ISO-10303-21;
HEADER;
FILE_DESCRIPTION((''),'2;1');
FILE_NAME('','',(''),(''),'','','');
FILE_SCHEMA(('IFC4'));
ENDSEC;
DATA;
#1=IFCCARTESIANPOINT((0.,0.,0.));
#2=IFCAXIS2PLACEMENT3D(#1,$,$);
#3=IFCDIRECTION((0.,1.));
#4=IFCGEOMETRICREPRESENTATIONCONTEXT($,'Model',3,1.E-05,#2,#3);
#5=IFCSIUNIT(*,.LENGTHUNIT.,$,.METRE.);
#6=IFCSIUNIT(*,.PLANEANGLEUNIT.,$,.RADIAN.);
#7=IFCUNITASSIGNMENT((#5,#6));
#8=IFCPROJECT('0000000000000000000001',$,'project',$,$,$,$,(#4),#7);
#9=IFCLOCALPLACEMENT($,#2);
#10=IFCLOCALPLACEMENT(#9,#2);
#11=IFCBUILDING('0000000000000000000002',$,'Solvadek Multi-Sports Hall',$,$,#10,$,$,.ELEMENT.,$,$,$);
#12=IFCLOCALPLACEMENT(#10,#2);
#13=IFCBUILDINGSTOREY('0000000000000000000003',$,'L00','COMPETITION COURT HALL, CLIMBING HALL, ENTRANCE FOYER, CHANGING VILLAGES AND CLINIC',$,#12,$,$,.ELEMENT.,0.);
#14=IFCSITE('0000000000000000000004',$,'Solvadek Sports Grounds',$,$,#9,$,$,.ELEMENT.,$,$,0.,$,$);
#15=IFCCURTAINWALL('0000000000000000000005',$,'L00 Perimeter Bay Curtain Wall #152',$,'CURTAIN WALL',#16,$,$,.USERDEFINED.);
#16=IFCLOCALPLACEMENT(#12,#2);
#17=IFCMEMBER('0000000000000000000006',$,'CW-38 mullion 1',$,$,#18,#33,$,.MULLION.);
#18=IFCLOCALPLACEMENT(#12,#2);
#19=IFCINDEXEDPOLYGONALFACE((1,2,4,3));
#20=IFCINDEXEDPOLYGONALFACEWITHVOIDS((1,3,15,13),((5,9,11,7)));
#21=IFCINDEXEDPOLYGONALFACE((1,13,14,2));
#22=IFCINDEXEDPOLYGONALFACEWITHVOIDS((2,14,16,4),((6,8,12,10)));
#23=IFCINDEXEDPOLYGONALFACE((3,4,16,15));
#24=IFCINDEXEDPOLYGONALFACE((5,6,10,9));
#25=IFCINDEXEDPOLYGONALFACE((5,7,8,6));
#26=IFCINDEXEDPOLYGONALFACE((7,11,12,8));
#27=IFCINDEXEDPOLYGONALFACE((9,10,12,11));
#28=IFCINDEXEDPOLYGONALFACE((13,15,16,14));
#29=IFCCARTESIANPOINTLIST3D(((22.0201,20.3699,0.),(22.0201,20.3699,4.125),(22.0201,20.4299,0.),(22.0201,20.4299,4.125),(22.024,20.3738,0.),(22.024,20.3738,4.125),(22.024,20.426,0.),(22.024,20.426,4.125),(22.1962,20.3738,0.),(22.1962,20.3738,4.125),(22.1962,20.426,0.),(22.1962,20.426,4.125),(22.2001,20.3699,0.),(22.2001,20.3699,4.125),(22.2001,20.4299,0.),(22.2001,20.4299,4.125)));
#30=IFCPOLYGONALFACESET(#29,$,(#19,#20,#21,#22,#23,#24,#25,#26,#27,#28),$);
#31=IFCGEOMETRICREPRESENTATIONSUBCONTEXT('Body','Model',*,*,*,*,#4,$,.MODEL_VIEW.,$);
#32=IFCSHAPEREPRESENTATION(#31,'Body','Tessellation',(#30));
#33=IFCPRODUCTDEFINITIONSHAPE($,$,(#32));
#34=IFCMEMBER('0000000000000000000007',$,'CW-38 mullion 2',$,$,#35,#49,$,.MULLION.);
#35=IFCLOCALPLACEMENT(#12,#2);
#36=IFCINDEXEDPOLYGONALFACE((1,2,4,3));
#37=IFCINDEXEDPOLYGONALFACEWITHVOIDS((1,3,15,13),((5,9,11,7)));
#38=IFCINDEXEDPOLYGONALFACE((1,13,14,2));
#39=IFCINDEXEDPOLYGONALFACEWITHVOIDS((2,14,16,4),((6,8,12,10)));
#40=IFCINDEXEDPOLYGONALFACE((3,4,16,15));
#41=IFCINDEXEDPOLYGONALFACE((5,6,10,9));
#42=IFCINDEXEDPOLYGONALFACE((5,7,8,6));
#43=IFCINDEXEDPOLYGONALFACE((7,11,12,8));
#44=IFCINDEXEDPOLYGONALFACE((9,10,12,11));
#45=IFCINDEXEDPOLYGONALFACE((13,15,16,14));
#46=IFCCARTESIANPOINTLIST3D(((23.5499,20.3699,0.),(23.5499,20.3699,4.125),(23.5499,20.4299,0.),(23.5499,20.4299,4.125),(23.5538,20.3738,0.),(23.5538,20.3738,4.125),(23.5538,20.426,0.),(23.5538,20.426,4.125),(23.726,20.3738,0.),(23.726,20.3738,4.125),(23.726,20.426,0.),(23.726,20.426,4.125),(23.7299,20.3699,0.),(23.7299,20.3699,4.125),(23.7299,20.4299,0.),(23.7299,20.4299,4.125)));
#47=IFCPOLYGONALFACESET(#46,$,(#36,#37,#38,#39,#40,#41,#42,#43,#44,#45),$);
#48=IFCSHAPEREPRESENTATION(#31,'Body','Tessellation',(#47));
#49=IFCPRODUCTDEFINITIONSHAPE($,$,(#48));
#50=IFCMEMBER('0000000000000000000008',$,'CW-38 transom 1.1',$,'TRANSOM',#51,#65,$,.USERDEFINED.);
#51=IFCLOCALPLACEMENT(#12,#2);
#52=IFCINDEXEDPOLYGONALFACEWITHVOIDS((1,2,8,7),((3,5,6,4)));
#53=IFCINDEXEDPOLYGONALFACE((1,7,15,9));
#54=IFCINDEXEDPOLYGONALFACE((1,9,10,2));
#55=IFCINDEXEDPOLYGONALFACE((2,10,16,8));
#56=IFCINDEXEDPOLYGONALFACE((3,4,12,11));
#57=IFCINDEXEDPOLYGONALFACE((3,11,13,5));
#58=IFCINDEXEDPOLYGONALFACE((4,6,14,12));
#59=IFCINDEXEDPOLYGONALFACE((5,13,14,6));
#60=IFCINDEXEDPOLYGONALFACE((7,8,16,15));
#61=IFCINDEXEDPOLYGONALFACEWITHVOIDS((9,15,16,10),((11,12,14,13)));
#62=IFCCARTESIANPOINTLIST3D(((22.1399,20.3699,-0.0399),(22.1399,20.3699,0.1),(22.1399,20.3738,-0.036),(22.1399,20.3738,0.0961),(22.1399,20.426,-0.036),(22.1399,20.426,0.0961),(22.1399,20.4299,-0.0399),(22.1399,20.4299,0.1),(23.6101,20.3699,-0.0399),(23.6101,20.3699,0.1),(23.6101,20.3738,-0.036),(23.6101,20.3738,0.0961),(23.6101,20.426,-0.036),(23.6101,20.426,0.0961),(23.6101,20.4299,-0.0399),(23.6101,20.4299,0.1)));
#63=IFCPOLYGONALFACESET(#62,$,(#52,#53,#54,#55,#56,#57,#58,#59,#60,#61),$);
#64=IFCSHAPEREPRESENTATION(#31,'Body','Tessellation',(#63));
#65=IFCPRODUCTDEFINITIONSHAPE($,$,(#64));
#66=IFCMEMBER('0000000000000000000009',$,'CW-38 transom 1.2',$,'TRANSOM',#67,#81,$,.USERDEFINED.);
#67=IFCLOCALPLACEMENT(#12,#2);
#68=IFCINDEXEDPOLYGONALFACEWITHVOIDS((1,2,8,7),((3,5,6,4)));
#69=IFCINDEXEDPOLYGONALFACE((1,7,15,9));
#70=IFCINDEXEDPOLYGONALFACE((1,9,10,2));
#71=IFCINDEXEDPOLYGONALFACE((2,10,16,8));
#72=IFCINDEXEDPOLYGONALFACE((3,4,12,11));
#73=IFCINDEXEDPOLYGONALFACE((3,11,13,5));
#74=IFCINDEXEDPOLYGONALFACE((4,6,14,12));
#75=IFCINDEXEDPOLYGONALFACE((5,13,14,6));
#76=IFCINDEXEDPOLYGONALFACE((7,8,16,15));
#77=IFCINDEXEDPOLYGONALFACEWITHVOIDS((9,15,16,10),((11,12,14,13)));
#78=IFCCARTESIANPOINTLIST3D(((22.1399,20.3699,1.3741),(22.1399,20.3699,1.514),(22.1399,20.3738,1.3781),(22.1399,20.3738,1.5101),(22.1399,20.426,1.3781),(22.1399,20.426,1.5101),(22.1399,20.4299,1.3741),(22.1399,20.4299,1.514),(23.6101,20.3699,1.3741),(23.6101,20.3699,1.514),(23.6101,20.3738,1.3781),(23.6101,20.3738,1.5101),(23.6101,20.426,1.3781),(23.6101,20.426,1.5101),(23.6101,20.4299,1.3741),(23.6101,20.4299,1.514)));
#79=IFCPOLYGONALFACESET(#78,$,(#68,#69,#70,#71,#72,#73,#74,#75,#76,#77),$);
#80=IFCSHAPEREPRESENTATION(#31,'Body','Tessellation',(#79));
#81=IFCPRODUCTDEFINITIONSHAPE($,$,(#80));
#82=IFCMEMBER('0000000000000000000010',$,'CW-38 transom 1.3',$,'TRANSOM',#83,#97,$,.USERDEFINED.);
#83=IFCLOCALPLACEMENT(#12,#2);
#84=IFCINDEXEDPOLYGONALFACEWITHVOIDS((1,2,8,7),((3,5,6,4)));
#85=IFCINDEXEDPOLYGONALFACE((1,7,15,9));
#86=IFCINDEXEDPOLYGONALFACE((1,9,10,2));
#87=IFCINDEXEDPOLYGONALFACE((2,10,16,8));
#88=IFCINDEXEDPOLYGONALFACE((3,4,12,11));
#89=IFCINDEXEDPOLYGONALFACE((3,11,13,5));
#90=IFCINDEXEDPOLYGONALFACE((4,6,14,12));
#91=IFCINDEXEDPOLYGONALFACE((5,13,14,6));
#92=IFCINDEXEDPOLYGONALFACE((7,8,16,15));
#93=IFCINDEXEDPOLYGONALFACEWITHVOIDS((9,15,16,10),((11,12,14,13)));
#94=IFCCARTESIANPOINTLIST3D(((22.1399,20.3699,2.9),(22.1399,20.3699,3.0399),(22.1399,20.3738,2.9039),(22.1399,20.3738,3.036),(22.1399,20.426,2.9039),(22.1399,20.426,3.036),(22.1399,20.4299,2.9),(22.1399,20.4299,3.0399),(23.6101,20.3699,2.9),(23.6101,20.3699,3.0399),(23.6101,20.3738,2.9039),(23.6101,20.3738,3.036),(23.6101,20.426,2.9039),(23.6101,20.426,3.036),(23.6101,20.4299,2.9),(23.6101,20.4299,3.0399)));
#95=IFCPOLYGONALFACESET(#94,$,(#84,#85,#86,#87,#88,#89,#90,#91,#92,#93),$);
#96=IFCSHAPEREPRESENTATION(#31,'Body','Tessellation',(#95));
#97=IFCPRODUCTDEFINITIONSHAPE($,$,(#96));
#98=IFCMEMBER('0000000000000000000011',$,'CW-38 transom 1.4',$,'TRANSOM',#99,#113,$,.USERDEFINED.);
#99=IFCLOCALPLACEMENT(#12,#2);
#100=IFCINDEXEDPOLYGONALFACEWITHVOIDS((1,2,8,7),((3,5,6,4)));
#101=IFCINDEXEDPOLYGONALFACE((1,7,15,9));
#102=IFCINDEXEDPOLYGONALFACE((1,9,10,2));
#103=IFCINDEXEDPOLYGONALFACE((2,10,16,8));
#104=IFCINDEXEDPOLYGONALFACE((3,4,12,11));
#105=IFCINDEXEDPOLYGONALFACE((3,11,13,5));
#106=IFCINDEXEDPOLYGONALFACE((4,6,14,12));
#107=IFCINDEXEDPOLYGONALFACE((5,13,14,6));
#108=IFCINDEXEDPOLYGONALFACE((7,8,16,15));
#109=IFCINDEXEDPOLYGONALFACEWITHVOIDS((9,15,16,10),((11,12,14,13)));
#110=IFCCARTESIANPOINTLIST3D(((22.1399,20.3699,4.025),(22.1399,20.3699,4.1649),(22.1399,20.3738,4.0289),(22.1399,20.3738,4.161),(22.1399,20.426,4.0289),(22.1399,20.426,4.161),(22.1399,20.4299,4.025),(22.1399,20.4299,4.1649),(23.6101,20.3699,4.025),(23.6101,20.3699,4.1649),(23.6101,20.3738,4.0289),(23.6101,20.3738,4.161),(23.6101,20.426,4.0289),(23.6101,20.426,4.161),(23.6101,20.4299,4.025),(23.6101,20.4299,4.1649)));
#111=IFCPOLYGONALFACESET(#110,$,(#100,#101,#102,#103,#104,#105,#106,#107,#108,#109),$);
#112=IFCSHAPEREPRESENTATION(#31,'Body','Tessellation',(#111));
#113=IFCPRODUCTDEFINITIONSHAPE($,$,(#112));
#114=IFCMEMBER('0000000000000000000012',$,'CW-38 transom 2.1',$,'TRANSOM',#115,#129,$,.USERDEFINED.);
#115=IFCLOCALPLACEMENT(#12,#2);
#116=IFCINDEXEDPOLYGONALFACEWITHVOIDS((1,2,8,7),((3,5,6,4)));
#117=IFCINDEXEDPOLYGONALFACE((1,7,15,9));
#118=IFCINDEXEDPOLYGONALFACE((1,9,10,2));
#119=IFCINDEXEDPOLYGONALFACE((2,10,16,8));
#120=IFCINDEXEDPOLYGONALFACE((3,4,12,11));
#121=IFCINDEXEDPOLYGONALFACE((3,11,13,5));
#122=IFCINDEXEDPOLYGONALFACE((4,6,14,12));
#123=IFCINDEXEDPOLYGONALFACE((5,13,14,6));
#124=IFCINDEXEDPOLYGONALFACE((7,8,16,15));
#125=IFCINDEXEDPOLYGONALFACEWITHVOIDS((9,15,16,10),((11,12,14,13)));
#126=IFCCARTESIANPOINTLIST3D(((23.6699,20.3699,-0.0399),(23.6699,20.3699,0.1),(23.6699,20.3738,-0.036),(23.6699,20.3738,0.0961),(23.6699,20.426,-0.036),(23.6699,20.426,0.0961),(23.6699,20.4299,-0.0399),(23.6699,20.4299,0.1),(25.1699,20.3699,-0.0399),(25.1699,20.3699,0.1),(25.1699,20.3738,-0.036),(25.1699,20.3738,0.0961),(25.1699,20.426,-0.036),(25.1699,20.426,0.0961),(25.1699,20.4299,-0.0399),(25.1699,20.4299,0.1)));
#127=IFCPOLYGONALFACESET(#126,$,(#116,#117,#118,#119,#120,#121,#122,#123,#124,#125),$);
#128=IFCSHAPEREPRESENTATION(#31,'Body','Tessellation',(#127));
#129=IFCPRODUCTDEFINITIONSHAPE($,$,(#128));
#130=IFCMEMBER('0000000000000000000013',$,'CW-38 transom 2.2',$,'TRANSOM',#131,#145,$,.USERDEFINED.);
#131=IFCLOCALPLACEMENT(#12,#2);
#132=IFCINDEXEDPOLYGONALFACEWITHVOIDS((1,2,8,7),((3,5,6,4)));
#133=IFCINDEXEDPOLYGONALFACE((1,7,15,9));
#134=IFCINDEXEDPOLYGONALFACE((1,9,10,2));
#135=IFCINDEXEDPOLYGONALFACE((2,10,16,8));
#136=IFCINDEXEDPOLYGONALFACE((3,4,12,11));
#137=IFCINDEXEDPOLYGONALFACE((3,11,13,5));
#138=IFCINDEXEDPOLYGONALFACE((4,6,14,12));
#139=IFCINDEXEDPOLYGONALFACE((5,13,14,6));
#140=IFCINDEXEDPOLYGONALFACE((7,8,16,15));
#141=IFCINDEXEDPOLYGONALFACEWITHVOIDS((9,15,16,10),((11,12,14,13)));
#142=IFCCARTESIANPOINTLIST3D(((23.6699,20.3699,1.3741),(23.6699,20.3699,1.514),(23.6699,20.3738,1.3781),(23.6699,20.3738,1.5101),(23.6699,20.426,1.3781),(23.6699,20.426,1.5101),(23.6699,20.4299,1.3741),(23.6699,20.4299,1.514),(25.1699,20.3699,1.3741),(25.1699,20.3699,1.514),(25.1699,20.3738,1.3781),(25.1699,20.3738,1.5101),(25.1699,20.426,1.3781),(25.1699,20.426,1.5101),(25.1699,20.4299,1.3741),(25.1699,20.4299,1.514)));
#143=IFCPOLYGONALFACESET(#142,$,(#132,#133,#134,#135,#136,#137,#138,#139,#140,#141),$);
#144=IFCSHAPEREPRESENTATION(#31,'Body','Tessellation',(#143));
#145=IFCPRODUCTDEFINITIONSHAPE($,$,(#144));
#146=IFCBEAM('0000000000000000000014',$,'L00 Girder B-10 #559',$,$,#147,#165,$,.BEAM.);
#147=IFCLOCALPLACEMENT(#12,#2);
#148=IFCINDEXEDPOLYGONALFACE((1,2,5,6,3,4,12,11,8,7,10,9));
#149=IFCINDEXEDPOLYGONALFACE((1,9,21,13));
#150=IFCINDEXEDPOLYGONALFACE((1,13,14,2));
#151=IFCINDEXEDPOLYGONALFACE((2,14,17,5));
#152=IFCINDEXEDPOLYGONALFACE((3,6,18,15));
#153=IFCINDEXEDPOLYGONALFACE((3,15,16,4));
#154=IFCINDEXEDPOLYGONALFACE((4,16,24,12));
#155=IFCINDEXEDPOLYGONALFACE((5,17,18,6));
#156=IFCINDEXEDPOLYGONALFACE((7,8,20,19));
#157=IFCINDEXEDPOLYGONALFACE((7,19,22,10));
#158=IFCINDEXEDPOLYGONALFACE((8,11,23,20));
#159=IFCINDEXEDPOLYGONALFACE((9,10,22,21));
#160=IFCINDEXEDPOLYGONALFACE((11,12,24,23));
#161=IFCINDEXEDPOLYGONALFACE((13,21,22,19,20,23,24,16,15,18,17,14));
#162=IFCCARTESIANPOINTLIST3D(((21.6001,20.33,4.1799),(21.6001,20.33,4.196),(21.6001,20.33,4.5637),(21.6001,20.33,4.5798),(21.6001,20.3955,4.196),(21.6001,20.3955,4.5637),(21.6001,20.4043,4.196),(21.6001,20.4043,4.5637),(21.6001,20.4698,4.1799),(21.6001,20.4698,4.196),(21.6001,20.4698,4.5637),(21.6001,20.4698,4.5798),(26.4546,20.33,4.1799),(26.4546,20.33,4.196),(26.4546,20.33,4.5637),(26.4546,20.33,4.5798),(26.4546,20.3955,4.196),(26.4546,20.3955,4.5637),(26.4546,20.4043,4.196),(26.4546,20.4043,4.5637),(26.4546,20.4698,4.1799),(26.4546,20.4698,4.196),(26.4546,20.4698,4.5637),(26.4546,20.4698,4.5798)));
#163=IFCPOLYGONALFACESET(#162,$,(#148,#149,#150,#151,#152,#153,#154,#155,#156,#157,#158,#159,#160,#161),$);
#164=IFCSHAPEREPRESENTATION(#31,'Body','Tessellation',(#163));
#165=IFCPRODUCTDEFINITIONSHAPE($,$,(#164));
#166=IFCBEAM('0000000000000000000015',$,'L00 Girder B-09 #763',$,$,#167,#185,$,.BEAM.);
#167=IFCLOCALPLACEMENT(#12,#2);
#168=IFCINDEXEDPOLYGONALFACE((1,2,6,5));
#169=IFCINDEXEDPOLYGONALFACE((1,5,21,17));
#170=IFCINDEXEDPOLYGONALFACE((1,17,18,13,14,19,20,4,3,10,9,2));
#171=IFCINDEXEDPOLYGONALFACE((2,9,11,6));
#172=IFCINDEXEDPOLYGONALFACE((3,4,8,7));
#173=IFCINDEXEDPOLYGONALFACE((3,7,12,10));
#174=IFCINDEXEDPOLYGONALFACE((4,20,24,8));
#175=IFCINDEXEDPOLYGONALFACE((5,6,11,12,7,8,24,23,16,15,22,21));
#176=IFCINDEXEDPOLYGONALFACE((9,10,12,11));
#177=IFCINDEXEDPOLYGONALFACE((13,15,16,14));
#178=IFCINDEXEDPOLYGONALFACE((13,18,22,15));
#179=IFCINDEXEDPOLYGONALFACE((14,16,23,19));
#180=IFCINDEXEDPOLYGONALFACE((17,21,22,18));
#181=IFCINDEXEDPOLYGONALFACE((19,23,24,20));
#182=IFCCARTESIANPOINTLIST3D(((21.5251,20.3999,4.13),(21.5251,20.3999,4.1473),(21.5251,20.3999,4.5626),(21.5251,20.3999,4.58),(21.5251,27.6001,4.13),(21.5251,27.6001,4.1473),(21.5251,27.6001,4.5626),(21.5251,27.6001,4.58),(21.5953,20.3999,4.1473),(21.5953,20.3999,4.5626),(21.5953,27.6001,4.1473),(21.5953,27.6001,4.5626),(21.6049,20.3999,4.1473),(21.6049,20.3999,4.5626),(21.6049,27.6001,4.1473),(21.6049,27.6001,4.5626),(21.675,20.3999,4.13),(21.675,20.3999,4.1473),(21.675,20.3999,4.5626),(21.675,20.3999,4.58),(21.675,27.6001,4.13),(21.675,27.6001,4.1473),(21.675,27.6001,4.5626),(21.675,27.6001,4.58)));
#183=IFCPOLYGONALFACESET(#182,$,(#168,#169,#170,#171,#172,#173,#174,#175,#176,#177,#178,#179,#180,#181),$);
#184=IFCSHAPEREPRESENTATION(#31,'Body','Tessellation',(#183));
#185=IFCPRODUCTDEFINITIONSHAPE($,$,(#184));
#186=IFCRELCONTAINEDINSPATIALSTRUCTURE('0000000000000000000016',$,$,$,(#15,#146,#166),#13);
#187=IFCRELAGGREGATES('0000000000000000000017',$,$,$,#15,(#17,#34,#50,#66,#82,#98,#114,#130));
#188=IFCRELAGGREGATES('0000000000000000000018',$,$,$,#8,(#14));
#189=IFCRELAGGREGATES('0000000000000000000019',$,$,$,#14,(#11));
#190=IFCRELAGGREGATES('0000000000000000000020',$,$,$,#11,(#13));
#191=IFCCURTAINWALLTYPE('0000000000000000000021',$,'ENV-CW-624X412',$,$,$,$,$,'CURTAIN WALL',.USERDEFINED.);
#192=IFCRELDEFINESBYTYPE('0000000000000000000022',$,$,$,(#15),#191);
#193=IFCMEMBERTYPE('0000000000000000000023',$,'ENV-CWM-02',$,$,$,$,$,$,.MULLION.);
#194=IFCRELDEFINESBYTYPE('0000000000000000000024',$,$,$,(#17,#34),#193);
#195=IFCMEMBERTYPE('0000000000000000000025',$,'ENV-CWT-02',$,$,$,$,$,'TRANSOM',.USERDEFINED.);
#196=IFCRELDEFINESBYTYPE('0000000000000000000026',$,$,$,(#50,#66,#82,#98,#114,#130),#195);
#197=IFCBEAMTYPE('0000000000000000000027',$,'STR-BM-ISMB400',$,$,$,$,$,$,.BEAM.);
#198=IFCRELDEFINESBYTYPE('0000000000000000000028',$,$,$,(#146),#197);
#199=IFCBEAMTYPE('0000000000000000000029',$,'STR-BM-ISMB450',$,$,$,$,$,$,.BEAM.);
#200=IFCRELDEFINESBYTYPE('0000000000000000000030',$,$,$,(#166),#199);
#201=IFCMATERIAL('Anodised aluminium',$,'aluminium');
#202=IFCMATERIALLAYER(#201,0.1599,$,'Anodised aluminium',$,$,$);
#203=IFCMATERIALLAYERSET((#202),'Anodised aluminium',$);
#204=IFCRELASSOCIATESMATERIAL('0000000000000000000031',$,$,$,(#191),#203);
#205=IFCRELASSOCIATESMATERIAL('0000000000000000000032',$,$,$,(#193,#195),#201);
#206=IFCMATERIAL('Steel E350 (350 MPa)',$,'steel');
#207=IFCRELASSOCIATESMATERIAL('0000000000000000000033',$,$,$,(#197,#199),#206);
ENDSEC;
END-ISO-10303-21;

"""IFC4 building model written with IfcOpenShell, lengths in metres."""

from ifc_helpers import new_model, si_unit, direction, frame, origin, origin_2d, place, context, subcontext, project, spatial, hollow_rectangle, i_section, extrude, material, layer, layer_set, material_profile, profile_set, type_object, element, aggregate, save


model = new_model("IFC4")

# Units and contexts
model_context = context("Model", 3, precision=1e-05, world=origin(), true_north=direction((0.0, 1.0)))
body_context = subcontext(model_context, "Body", "Model", "MODEL_VIEW")
ifc_project = project(units=[si_unit("LENGTHUNIT", "METRE"), si_unit("PLANEANGLEUNIT", "RADIAN")], contexts=[model_context])

# Site, building, storey
site_placement = place(None, origin())
site = spatial("IfcSite", under=ifc_project, at=site_placement, Name="Solvadek Sports Grounds", CompositionType="ELEMENT", RefElevation=0.0)
building_placement = place(site_placement, origin())
building = spatial("IfcBuilding", under=site, at=building_placement, Name="Solvadek Multi-Sports Hall", CompositionType="ELEMENT")
storey_placement = place(building_placement, origin())
storey = spatial("IfcBuildingStorey", under=building, at=storey_placement, Name="L00", Description="COMPETITION COURT HALL, CLIMBING HALL, ENTRANCE FOYER, CHANGING VILLAGES AND CLINIC", CompositionType="ELEMENT", Elevation=0.0)

# Curtain wall, members
ifc_material_1 = material(Name="Anodised aluminium", Category="aluminium")
ifc_layer_1 = layer(ifc_material_1, 0.1599, Name="Anodised aluminium")
ifc_layer_set_1 = layer_set([ifc_layer_1], Name="Anodised aluminium")
curtain_wall_type = type_object("IfcCurtainWallType", Name="ENV-CW-624X412", ElementType="CURTAIN WALL", PredefinedType="USERDEFINED", material=ifc_layer_set_1)
curtain_wall_placement = place(storey_placement, origin())
curtain_wall = element("IfcCurtainWall", 1, at=curtain_wall_placement, inside=storey, type_object=curtain_wall_type, Name="L00 Perimeter Bay Curtain Wall #152", ObjectType="CURTAIN WALL", PredefinedType="USERDEFINED")
ifc_material_profile_1 = material_profile(ifc_material_1, hollow_rectangle(XDim=0.0601, YDim=0.1799, WallThickness=0.0039, at=origin_2d()), Name="ALU-M 180x60x4")
ifc_profile_set_1 = profile_set([ifc_material_profile_1], Name="Anodised aluminium")
member_type_1 = type_object("IfcMemberType", Name="ENV-CWM-02", PredefinedType="MULLION", material=ifc_profile_set_1)
member_1_placement = place(storey_placement, frame((22.1101, 20.3999, 0.0), z_axis=(0.0, 0.0, 1.0), x_axis=(0.0, 1.0, 0.0)))
member_1 = element("IfcMember", 2, at=member_1_placement, type_object=member_type_1, Name="CW-38 mullion 1", PredefinedType="MULLION", context=body_context, shape_type="SweptSolid", body=[
    extrude(hollow_rectangle(XDim=0.0601, YDim=0.1799, WallThickness=0.0039, at=origin_2d()), origin(), (0.0, 0.0, 1.0), 4.125),
])
member_2_placement = place(storey_placement, frame((23.6399, 20.3999, 0.0), z_axis=(0.0, 0.0, 1.0), x_axis=(0.0, 1.0, 0.0)))
member_2 = element("IfcMember", 3, at=member_2_placement, type_object=member_type_1, Name="CW-38 mullion 2", PredefinedType="MULLION", context=body_context, shape_type="SweptSolid", body=[
    extrude(hollow_rectangle(XDim=0.0601, YDim=0.1799, WallThickness=0.0039, at=origin_2d()), origin(), (0.0, 0.0, 1.0), 4.125),
])
ifc_material_profile_2 = material_profile(ifc_material_1, hollow_rectangle(XDim=0.0601, YDim=0.1399, WallThickness=0.0039, at=origin_2d()), Name="ALU-T 140x60x4")
ifc_profile_set_2 = profile_set([ifc_material_profile_2], Name="Anodised aluminium")
member_type_2 = type_object("IfcMemberType", Name="ENV-CWT-02", ElementType="TRANSOM", PredefinedType="USERDEFINED", material=ifc_profile_set_2)
member_3_placement = place(storey_placement, frame((22.1399, 20.3999, 0.03), z_axis=(1.0, 0.0, 0.0), x_axis=(0.0, 1.0, 0.0)))
member_3 = element("IfcMember", 4, at=member_3_placement, type_object=member_type_2, Name="CW-38 transom 1.1", ObjectType="TRANSOM", PredefinedType="USERDEFINED", context=body_context, shape_type="SweptSolid", body=[
    extrude(hollow_rectangle(XDim=0.0601, YDim=0.1399, WallThickness=0.0039, at=origin_2d()), origin(), (0.0, 0.0, 1.0), 1.4702),
])
member_4_placement = place(storey_placement, frame((22.1399, 20.3999, 1.4441), z_axis=(1.0, 0.0, 0.0), x_axis=(0.0, 1.0, 0.0)))
member_4 = element("IfcMember", 5, at=member_4_placement, type_object=member_type_2, Name="CW-38 transom 1.2", ObjectType="TRANSOM", PredefinedType="USERDEFINED", context=body_context, shape_type="SweptSolid", body=[
    extrude(hollow_rectangle(XDim=0.0601, YDim=0.1399, WallThickness=0.0039, at=origin_2d()), origin(), (0.0, 0.0, 1.0), 1.4702),
])
member_5_placement = place(storey_placement, frame((22.1399, 20.3999, 2.97), z_axis=(1.0, 0.0, 0.0), x_axis=(0.0, 1.0, 0.0)))
member_5 = element("IfcMember", 6, at=member_5_placement, type_object=member_type_2, Name="CW-38 transom 1.3", ObjectType="TRANSOM", PredefinedType="USERDEFINED", context=body_context, shape_type="SweptSolid", body=[
    extrude(hollow_rectangle(XDim=0.0601, YDim=0.1399, WallThickness=0.0039, at=origin_2d()), origin(), (0.0, 0.0, 1.0), 1.4702),
])
member_6_placement = place(storey_placement, frame((22.1399, 20.3999, 4.095), z_axis=(1.0, 0.0, 0.0), x_axis=(0.0, 1.0, 0.0)))
member_6 = element("IfcMember", 7, at=member_6_placement, type_object=member_type_2, Name="CW-38 transom 1.4", ObjectType="TRANSOM", PredefinedType="USERDEFINED", context=body_context, shape_type="SweptSolid", body=[
    extrude(hollow_rectangle(XDim=0.0601, YDim=0.1399, WallThickness=0.0039, at=origin_2d()), origin(), (0.0, 0.0, 1.0), 1.4702),
])
member_7_placement = place(storey_placement, frame((23.6699, 20.3999, 0.03), z_axis=(1.0, 0.0, 0.0), x_axis=(0.0, 1.0, 0.0)))
member_7 = element("IfcMember", 8, at=member_7_placement, type_object=member_type_2, Name="CW-38 transom 2.1", ObjectType="TRANSOM", PredefinedType="USERDEFINED", context=body_context, shape_type="SweptSolid", body=[
    extrude(hollow_rectangle(XDim=0.0601, YDim=0.1399, WallThickness=0.0039, at=origin_2d()), origin(), (0.0, 0.0, 1.0), 1.5),
])
member_8_placement = place(storey_placement, frame((23.6699, 20.3999, 1.4441), z_axis=(1.0, 0.0, 0.0), x_axis=(0.0, 1.0, 0.0)))
member_8 = element("IfcMember", 9, at=member_8_placement, type_object=member_type_2, Name="CW-38 transom 2.2", ObjectType="TRANSOM", PredefinedType="USERDEFINED", context=body_context, shape_type="SweptSolid", body=[
    extrude(hollow_rectangle(XDim=0.0601, YDim=0.1399, WallThickness=0.0039, at=origin_2d()), origin(), (0.0, 0.0, 1.0), 1.5),
])

# Beams
ifc_material_2 = material(Name="Steel E350 (350 MPa)", Category="steel")
ifc_material_profile_3 = material_profile(ifc_material_2, i_section(OverallWidth=0.1399, OverallDepth=0.3999, WebThickness=0.0088, FlangeThickness=0.0161, at=origin_2d()), Name="ISMB 400")
ifc_profile_set_3 = profile_set([ifc_material_profile_3], Name="Steel E350 (350 MPa)")
beam_type_1 = type_object("IfcBeamType", Name="STR-BM-ISMB400", PredefinedType="BEAM", material=ifc_profile_set_3)
beam_1_placement = place(storey_placement, frame((21.6001, 20.3999, 4.3799), z_axis=(1.0, 0.0, 0.0), x_axis=(0.0, 1.0, 0.0)))
element("IfcBeam", 10, at=beam_1_placement, inside=storey, type_object=beam_type_1, Name="L00 Girder B-10 #559", PredefinedType="BEAM", context=body_context, shape_type="SweptSolid", body=[
    extrude(i_section(OverallWidth=0.1399, OverallDepth=0.3999, WebThickness=0.0088, FlangeThickness=0.0161, at=origin_2d()), origin(), (0.0, 0.0, 1.0), 4.8545),
])
ifc_material_profile_4 = material_profile(ifc_material_2, i_section(OverallWidth=0.1499, OverallDepth=0.45, WebThickness=0.0095, FlangeThickness=0.0173, at=origin_2d()), Name="ISMB 450")
ifc_profile_set_4 = profile_set([ifc_material_profile_4], Name="Steel E350 (350 MPa)")
beam_type_2 = type_object("IfcBeamType", Name="STR-BM-ISMB450", PredefinedType="BEAM", material=ifc_profile_set_4)
beam_2_placement = place(storey_placement, frame((21.6001, 20.3999, 4.355), z_axis=(0.0, 1.0, 0.0), x_axis=(-1.0, 0.0, 0.0)))
element("IfcBeam", 11, at=beam_2_placement, inside=storey, type_object=beam_type_2, Name="L00 Girder B-09 #763", PredefinedType="BEAM", context=body_context, shape_type="SweptSolid", body=[
    extrude(i_section(OverallWidth=0.1499, OverallDepth=0.45, WebThickness=0.0095, FlangeThickness=0.0173, at=origin_2d()), origin(), (0.0, 0.0, 1.0), 7.2002),
])

aggregate(curtain_wall, [member_1, member_2, member_3, member_4, member_5, member_6, member_7, member_8])

save(model, "model.ifc")
